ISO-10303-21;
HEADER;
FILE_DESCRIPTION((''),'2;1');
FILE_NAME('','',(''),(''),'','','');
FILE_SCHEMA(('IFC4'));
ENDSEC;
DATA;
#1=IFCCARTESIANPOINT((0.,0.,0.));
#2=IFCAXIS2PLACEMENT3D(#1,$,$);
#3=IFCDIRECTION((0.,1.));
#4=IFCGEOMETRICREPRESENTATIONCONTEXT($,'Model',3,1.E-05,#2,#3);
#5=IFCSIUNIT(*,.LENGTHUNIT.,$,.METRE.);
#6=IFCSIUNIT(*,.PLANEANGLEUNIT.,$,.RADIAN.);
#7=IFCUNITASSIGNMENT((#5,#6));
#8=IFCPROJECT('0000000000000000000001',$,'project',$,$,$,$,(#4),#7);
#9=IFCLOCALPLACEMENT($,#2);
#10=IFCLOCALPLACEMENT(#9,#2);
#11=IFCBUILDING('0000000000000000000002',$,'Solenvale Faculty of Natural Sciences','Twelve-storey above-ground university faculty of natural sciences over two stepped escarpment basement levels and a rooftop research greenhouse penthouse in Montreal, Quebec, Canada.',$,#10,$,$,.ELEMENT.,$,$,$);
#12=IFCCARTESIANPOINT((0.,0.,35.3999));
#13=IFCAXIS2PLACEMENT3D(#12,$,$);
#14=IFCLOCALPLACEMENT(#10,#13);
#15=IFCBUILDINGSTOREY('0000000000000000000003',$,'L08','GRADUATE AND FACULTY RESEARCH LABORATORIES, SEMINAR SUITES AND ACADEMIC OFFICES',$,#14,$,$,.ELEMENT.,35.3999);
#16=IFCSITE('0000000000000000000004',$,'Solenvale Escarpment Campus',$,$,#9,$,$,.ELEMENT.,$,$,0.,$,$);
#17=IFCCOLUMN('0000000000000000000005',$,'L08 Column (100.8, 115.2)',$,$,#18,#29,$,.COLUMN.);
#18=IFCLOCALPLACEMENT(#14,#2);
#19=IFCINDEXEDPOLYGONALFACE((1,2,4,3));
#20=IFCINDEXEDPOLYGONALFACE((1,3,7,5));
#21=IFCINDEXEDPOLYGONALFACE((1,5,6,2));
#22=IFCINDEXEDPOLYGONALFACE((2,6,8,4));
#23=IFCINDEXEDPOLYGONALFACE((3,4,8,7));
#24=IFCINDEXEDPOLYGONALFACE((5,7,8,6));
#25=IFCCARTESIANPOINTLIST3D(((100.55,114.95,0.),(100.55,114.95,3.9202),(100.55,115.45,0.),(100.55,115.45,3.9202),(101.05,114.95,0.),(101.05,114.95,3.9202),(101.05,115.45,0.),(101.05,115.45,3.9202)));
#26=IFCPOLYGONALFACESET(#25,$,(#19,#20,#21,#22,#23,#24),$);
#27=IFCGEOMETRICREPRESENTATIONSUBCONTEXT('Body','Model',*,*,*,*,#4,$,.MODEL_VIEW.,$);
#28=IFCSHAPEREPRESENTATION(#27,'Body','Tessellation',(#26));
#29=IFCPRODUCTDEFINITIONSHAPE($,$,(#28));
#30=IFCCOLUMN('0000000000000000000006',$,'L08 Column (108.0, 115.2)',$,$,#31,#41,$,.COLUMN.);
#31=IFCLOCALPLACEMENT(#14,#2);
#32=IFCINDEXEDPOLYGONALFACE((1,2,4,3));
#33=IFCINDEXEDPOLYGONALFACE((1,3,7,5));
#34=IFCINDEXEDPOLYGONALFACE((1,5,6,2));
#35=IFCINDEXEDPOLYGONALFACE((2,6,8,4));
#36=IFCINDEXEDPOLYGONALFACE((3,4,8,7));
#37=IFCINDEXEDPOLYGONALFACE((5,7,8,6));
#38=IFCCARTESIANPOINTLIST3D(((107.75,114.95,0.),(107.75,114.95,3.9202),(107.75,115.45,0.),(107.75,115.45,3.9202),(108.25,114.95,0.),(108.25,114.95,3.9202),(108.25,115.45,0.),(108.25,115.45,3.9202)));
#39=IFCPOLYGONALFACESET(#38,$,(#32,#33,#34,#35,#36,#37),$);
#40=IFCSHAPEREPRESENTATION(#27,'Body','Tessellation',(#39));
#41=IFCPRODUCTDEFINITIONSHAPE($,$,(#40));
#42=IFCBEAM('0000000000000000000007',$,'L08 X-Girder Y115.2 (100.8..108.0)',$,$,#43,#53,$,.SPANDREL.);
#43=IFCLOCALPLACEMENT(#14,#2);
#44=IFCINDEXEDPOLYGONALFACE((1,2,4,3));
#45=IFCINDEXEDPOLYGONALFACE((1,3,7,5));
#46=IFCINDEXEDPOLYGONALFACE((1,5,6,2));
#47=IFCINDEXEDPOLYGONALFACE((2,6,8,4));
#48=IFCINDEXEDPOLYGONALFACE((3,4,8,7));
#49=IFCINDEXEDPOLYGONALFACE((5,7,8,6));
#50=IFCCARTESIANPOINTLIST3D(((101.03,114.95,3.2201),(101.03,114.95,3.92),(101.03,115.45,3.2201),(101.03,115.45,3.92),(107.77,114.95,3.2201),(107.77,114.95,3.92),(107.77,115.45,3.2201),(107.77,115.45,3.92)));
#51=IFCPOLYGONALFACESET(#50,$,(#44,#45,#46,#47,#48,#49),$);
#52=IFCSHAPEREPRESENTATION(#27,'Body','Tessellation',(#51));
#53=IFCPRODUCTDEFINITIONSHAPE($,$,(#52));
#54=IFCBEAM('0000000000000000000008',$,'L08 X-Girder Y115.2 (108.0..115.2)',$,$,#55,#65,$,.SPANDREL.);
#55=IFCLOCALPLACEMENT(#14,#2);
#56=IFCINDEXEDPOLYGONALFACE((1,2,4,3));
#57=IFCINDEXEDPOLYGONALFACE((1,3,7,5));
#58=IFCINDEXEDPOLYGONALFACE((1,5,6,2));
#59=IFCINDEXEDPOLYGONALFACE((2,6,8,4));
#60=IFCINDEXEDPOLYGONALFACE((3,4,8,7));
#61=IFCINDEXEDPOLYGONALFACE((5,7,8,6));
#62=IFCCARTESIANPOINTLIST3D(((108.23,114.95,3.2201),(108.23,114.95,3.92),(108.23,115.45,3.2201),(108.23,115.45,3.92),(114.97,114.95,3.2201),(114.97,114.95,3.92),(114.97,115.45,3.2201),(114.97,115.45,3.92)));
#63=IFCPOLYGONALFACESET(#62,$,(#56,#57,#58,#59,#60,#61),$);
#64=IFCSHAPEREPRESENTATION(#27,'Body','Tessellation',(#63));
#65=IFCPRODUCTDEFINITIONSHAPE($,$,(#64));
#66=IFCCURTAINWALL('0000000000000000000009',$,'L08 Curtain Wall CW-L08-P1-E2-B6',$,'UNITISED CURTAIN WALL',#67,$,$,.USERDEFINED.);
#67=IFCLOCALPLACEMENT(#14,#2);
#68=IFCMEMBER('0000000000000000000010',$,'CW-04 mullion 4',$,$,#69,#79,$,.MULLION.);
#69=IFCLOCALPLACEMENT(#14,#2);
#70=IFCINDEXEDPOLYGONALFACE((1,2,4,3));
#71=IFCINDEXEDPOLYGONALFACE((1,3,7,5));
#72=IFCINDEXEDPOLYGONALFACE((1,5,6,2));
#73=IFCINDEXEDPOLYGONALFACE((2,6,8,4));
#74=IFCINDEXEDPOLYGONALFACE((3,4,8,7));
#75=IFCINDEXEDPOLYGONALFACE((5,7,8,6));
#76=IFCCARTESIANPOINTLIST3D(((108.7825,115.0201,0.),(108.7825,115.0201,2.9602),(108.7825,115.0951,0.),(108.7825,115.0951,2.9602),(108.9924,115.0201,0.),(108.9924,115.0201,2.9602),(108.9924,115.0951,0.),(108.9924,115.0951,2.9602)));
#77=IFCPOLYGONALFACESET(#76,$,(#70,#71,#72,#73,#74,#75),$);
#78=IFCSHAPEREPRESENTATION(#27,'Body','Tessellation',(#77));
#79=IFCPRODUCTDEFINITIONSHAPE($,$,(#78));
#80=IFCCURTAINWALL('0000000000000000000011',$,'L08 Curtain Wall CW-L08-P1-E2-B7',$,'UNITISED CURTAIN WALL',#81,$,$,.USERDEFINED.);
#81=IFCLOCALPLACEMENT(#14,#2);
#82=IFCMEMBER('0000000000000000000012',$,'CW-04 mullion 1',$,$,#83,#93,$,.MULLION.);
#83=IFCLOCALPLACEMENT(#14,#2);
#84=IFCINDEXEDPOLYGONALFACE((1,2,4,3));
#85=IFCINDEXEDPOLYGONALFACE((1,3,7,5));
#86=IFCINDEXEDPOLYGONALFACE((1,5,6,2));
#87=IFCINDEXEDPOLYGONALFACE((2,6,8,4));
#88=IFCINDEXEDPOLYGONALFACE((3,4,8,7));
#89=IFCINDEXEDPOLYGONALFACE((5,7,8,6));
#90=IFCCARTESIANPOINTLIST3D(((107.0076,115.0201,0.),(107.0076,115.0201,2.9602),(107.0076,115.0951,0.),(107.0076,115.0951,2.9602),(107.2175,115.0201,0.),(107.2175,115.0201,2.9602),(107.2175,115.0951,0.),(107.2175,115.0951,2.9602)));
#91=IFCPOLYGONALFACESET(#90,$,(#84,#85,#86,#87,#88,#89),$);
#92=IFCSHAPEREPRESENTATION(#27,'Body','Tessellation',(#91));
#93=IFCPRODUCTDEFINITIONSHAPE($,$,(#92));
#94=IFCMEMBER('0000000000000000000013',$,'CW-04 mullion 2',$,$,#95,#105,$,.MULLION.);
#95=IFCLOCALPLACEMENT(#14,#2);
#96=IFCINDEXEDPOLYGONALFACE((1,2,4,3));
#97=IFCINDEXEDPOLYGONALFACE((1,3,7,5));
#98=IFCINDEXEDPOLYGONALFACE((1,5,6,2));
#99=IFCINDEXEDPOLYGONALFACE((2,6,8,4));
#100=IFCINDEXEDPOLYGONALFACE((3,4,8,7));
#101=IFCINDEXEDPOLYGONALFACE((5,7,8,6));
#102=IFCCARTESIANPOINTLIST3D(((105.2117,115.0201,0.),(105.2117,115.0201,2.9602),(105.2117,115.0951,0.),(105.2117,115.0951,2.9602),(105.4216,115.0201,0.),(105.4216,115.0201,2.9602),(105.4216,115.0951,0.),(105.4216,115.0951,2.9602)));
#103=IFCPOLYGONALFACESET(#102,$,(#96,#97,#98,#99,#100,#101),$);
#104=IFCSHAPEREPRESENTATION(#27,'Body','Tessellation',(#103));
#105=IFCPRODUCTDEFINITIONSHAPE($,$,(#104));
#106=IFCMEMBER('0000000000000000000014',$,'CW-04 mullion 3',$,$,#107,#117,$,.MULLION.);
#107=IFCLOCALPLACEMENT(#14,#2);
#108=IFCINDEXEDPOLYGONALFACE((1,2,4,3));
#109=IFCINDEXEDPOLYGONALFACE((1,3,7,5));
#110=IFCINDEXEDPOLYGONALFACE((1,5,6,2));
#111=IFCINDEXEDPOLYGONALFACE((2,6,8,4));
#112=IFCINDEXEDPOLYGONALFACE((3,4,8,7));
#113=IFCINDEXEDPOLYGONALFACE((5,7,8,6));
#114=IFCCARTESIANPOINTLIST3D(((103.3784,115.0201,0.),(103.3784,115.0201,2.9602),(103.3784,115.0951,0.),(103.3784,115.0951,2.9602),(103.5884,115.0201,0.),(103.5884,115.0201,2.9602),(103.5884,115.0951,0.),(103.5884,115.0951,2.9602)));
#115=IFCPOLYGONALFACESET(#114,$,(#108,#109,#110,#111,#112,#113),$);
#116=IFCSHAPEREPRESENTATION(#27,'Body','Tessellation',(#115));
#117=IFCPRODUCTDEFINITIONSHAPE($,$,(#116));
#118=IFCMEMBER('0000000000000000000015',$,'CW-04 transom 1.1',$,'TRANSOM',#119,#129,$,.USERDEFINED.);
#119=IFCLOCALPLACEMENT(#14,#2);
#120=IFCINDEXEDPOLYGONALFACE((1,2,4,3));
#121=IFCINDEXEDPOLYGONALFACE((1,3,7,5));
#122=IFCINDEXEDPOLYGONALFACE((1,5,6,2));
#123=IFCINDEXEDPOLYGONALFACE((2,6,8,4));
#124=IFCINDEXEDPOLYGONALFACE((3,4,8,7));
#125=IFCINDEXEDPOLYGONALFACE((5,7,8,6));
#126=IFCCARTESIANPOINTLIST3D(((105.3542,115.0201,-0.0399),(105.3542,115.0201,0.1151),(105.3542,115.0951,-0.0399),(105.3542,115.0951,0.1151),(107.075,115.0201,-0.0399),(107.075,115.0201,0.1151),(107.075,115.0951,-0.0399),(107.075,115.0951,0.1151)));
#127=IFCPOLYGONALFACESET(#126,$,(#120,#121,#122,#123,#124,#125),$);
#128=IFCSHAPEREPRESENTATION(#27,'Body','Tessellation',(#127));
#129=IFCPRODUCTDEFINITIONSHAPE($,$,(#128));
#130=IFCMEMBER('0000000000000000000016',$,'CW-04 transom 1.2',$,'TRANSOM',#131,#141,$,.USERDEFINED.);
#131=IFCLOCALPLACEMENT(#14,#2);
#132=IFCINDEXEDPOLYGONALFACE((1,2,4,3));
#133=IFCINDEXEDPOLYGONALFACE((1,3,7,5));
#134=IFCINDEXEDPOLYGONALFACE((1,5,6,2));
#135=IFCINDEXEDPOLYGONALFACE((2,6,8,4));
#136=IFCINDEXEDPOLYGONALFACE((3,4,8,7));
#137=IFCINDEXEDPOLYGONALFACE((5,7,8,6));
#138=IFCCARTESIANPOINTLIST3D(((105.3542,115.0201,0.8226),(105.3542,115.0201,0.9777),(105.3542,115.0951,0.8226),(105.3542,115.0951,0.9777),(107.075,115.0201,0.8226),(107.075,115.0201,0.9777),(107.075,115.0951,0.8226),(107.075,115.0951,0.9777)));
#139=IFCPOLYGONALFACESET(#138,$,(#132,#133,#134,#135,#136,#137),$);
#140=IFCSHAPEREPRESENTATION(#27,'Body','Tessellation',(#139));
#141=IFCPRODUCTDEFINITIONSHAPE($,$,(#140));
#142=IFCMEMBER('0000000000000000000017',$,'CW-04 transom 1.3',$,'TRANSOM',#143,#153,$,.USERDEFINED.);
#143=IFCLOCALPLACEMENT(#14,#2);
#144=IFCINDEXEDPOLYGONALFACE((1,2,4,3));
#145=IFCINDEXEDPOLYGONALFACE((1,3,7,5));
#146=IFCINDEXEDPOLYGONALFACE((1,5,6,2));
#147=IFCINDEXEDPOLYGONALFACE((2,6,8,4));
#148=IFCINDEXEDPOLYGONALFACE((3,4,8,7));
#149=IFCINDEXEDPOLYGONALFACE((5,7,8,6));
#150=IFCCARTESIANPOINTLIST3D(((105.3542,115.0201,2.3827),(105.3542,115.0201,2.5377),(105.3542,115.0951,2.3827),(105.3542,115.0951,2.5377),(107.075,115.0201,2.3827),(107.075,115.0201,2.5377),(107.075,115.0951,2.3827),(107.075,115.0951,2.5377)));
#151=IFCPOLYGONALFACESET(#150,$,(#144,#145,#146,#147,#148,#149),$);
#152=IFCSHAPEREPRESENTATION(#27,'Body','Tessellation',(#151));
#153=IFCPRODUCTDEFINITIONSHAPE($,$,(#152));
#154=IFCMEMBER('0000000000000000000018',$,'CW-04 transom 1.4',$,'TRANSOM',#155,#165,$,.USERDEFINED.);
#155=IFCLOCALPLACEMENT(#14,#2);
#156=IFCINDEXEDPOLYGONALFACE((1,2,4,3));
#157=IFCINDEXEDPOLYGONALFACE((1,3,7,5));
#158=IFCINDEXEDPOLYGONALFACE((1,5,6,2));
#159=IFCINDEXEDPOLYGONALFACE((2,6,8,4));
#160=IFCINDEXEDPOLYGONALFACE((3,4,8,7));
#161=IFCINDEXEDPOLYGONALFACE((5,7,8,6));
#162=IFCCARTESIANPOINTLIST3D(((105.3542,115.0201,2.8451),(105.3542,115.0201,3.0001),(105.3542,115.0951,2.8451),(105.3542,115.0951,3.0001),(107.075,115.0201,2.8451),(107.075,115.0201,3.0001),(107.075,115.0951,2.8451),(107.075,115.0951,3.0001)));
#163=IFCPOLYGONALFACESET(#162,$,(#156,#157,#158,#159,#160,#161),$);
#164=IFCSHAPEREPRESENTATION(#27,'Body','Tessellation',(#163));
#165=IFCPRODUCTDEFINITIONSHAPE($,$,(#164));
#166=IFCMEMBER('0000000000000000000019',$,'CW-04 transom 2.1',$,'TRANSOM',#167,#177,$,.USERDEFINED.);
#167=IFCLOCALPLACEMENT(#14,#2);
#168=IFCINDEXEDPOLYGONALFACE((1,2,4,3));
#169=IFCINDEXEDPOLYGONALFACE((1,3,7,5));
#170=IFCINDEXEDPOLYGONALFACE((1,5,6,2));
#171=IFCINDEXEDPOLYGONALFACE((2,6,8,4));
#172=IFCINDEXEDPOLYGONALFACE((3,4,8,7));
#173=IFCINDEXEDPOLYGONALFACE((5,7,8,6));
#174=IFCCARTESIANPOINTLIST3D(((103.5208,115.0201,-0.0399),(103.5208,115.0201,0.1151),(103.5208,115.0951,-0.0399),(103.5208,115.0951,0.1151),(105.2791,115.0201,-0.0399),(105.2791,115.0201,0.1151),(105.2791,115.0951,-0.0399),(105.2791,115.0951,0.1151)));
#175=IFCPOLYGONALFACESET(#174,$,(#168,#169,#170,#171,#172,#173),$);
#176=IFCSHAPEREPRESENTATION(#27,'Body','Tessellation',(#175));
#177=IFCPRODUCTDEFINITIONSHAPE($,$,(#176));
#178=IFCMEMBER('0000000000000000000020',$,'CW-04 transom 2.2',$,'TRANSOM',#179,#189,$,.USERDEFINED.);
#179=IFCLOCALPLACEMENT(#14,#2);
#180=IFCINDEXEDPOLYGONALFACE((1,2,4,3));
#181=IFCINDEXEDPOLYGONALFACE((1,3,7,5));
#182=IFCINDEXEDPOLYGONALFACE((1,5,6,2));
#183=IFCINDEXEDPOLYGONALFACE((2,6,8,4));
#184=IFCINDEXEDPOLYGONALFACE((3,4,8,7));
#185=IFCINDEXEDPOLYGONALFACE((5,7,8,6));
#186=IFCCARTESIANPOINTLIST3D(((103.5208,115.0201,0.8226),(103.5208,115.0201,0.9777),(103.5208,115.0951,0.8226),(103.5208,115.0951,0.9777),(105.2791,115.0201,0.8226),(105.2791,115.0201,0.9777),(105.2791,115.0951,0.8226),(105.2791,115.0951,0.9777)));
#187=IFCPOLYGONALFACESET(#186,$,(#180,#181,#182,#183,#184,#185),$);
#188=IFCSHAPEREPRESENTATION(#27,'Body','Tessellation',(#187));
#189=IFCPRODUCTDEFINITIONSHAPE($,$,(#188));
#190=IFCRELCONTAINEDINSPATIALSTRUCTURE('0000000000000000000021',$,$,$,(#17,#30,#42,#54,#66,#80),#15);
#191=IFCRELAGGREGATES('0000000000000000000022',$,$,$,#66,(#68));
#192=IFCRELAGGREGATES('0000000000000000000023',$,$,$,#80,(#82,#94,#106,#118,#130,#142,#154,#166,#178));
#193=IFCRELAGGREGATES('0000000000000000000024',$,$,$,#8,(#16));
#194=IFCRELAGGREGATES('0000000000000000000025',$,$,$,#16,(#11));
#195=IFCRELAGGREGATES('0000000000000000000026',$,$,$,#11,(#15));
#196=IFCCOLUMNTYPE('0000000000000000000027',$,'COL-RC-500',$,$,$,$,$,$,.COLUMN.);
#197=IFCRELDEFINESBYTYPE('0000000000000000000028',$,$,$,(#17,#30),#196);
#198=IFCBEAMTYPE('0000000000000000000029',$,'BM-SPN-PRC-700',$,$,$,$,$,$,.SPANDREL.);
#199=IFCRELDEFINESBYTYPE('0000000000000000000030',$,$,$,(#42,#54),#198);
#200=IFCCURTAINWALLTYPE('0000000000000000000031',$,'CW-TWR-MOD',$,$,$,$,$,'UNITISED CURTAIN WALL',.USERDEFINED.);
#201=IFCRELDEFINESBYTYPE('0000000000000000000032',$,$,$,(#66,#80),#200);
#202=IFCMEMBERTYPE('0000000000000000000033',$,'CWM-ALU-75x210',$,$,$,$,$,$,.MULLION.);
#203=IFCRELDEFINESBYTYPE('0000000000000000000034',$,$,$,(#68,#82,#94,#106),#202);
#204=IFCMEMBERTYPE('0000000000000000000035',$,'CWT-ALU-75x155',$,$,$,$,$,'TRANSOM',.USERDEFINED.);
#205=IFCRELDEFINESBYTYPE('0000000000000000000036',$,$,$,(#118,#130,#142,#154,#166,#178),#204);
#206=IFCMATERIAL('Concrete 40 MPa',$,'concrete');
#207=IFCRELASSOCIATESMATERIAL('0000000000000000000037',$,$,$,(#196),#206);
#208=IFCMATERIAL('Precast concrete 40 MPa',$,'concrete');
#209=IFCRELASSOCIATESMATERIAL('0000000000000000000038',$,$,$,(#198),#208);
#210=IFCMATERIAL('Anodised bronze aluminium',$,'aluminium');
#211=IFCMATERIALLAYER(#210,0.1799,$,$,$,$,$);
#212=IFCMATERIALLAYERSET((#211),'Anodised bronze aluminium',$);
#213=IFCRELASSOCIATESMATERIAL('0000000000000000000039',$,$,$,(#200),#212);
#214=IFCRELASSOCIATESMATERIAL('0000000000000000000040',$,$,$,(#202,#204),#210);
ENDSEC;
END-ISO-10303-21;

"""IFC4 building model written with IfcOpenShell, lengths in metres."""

from ifc_helpers import new_model, si_unit, direction, frame, origin, origin_2d, place, context, subcontext, project, spatial, rectangle, extrude, material, layer, layer_set, material_profile, profile_set, type_object, element, aggregate, save


model = new_model("IFC4")

# Units and contexts
model_context = context("Model", 3, precision=1e-05, world=origin(), true_north=direction((0.0, 1.0)))
body_context = subcontext(model_context, "Body", "Model", "MODEL_VIEW")
ifc_project = project(units=[si_unit("LENGTHUNIT", "METRE"), si_unit("PLANEANGLEUNIT", "RADIAN")], contexts=[model_context])

# Site, building, storey
site_placement = place(None, origin())
site = spatial("IfcSite", under=ifc_project, at=site_placement, Name="Solenvale Escarpment Campus", CompositionType="ELEMENT", RefElevation=0.0)
building_placement = place(site_placement, origin())
building = spatial("IfcBuilding", under=site, at=building_placement, Name="Solenvale Faculty of Natural Sciences", Description="Twelve-storey above-ground university faculty of natural sciences over two stepped escarpment basement levels and a rooftop research greenhouse penthouse in Montreal, Quebec, Canada.", CompositionType="ELEMENT")
storey_placement = place(building_placement, frame((0.0, 0.0, 35.3999)))
storey = spatial("IfcBuildingStorey", under=building, at=storey_placement, Name="L08", Description="GRADUATE AND FACULTY RESEARCH LABORATORIES, SEMINAR SUITES AND ACADEMIC OFFICES", CompositionType="ELEMENT", Elevation=35.3999)

# Columns
ifc_material_1 = material(Name="Concrete 40 MPa", Category="concrete")
ifc_material_profile_1 = material_profile(ifc_material_1, rectangle(XDim=0.5, YDim=0.5, at=origin_2d()), Name="RC-COL-500x500")
ifc_profile_set_1 = profile_set([ifc_material_profile_1], Name="Concrete 40 MPa")
column_type = type_object("IfcColumnType", Name="COL-RC-500", PredefinedType="COLUMN", material=ifc_profile_set_1)
for number, where, z_axis, x_axis, name in (
    (1, (100.8, 115.2, 0.0), (0.0, 0.0, 1.0), (1.0, 0.0, 0.0), "L08 Column (100.8, 115.2)"),
    (2, (108.0, 115.2, 0.0), (0.0, 0.0, 1.0), (1.0, 0.0, 0.0), "L08 Column (108.0, 115.2)"),
):
    element("IfcColumn", number, at=place(storey_placement, frame(where, z_axis=z_axis, x_axis=x_axis)), inside=storey, type_object=column_type, Name=name, PredefinedType="COLUMN", context=body_context, shape_type="SweptSolid", body=[
        extrude(rectangle(XDim=0.5, YDim=0.5, at=origin_2d()), origin(), (0.0, 0.0, 1.0), 3.9202),
    ])

# Beams
ifc_material_2 = material(Name="Precast concrete 40 MPa", Category="concrete")
ifc_material_profile_2 = material_profile(ifc_material_2, rectangle(XDim=0.5, YDim=0.7, at=origin_2d()), Name="RC-BM-500x700")
ifc_profile_set_2 = profile_set([ifc_material_profile_2], Name="Precast concrete 40 MPa")
beam_type = type_object("IfcBeamType", Name="BM-SPN-PRC-700", PredefinedType="SPANDREL", material=ifc_profile_set_2)
for number, where, z_axis, x_axis, name in (
    (3, (101.03, 115.2, 3.5701), (1.0, 0.0, 0.0), (0.0, 1.0, 0.0), "L08 X-Girder Y115.2 (100.8..108.0)"),
    (4, (108.23, 115.2, 3.5701), (1.0, 0.0, 0.0), (0.0, 1.0, 0.0), "L08 X-Girder Y115.2 (108.0..115.2)"),
):
    element("IfcBeam", number, at=place(storey_placement, frame(where, z_axis=z_axis, x_axis=x_axis)), inside=storey, type_object=beam_type, Name=name, PredefinedType="SPANDREL", context=body_context, shape_type="SweptSolid", body=[
        extrude(rectangle(XDim=0.5, YDim=0.7, at=origin_2d()), origin(), (0.0, 0.0, 1.0), 6.74),
    ])

# Curtain wall, member
ifc_material_3 = material(Name="Anodised bronze aluminium", Category="aluminium")
ifc_layer_1 = layer(ifc_material_3, 0.1799)
ifc_layer_set_1 = layer_set([ifc_layer_1], Name="Anodised bronze aluminium")
curtain_wall_type = type_object("IfcCurtainWallType", Name="CW-TWR-MOD", ElementType="UNITISED CURTAIN WALL", PredefinedType="USERDEFINED", material=ifc_layer_set_1)
curtain_wall_1_placement = place(storey_placement, origin())
curtain_wall_1 = element("IfcCurtainWall", 5, at=curtain_wall_1_placement, inside=storey, type_object=curtain_wall_type, Name="L08 Curtain Wall CW-L08-P1-E2-B6", ObjectType="UNITISED CURTAIN WALL", PredefinedType="USERDEFINED")
ifc_material_profile_3 = material_profile(ifc_material_3, rectangle(XDim=0.075, YDim=0.21, at=origin_2d()), Name="ALU-MUL-75x210")
ifc_profile_set_3 = profile_set([ifc_material_profile_3], Name="Anodised bronze aluminium")
member_type_1 = type_object("IfcMemberType", Name="CWM-ALU-75x210", PredefinedType="MULLION", material=ifc_profile_set_3)
member_1_placement = place(storey_placement, frame((108.8875, 115.0576, 0.0), z_axis=(0.0, 0.0, 1.0), x_axis=(0.0, -1.0, 0.0)))
member_1 = element("IfcMember", 6, at=member_1_placement, type_object=member_type_1, Name="CW-04 mullion 4", PredefinedType="MULLION", context=body_context, shape_type="SweptSolid", body=[
    extrude(rectangle(XDim=0.075, YDim=0.21, at=origin_2d()), origin(), (0.0, 0.0, 1.0), 2.9602),
])
aggregate(curtain_wall_1, [member_1])

# Curtain wall, members
curtain_wall_2_placement = place(storey_placement, origin())
curtain_wall_2 = element("IfcCurtainWall", 7, at=curtain_wall_2_placement, inside=storey, type_object=curtain_wall_type, Name="L08 Curtain Wall CW-L08-P1-E2-B7", ObjectType="UNITISED CURTAIN WALL", PredefinedType="USERDEFINED")
member_2_placement = place(storey_placement, frame((107.1125, 115.0576, 0.0), z_axis=(0.0, 0.0, 1.0), x_axis=(0.0, -1.0, 0.0)))
member_2 = element("IfcMember", 8, at=member_2_placement, type_object=member_type_1, Name="CW-04 mullion 1", PredefinedType="MULLION", context=body_context, shape_type="SweptSolid", body=[
    extrude(rectangle(XDim=0.075, YDim=0.21, at=origin_2d()), origin(), (0.0, 0.0, 1.0), 2.9602),
])
member_3_placement = place(storey_placement, frame((105.3167, 115.0576, 0.0), z_axis=(0.0, 0.0, 1.0), x_axis=(0.0, -1.0, 0.0)))
member_3 = element("IfcMember", 9, at=member_3_placement, type_object=member_type_1, Name="CW-04 mullion 2", PredefinedType="MULLION", context=body_context, shape_type="SweptSolid", body=[
    extrude(rectangle(XDim=0.075, YDim=0.21, at=origin_2d()), origin(), (0.0, 0.0, 1.0), 2.9602),
])
member_4_placement = place(storey_placement, frame((103.4834, 115.0576, 0.0), z_axis=(0.0, 0.0, 1.0), x_axis=(0.0, -1.0, 0.0)))
member_4 = element("IfcMember", 10, at=member_4_placement, type_object=member_type_1, Name="CW-04 mullion 3", PredefinedType="MULLION", context=body_context, shape_type="SweptSolid", body=[
    extrude(rectangle(XDim=0.075, YDim=0.21, at=origin_2d()), origin(), (0.0, 0.0, 1.0), 2.9602),
])
ifc_material_profile_4 = material_profile(ifc_material_3, rectangle(XDim=0.075, YDim=0.155, at=origin_2d()), Name="ALU-TRN-75x155")
ifc_profile_set_4 = profile_set([ifc_material_profile_4], Name="Anodised bronze aluminium")
member_type_2 = type_object("IfcMemberType", Name="CWT-ALU-75x155", ElementType="TRANSOM", PredefinedType="USERDEFINED", material=ifc_profile_set_4)
member_5_placement = place(storey_placement, frame((107.075, 115.0576, 0.0376), z_axis=(-1.0, 0.0, 0.0), x_axis=(0.0, -1.0, 0.0)))
member_5 = element("IfcMember", 11, at=member_5_placement, type_object=member_type_2, Name="CW-04 transom 1.1", ObjectType="TRANSOM", PredefinedType="USERDEFINED", context=body_context, shape_type="SweptSolid", body=[
    extrude(rectangle(XDim=0.075, YDim=0.155, at=origin_2d()), origin(), (0.0, 0.0, 1.0), 1.7207),
])
member_6_placement = place(storey_placement, frame((107.075, 115.0576, 0.9001), z_axis=(-1.0, 0.0, 0.0), x_axis=(0.0, -1.0, 0.0)))
member_6 = element("IfcMember", 12, at=member_6_placement, type_object=member_type_2, Name="CW-04 transom 1.2", ObjectType="TRANSOM", PredefinedType="USERDEFINED", context=body_context, shape_type="SweptSolid", body=[
    extrude(rectangle(XDim=0.075, YDim=0.155, at=origin_2d()), origin(), (0.0, 0.0, 1.0), 1.7207),
])
member_7_placement = place(storey_placement, frame((107.075, 115.0576, 2.4602), z_axis=(-1.0, 0.0, 0.0), x_axis=(0.0, -1.0, 0.0)))
member_7 = element("IfcMember", 13, at=member_7_placement, type_object=member_type_2, Name="CW-04 transom 1.3", ObjectType="TRANSOM", PredefinedType="USERDEFINED", context=body_context, shape_type="SweptSolid", body=[
    extrude(rectangle(XDim=0.075, YDim=0.155, at=origin_2d()), origin(), (0.0, 0.0, 1.0), 1.7207),
])
member_8_placement = place(storey_placement, frame((107.075, 115.0576, 2.9226), z_axis=(-1.0, 0.0, 0.0), x_axis=(0.0, -1.0, 0.0)))
member_8 = element("IfcMember", 14, at=member_8_placement, type_object=member_type_2, Name="CW-04 transom 1.4", ObjectType="TRANSOM", PredefinedType="USERDEFINED", context=body_context, shape_type="SweptSolid", body=[
    extrude(rectangle(XDim=0.075, YDim=0.155, at=origin_2d()), origin(), (0.0, 0.0, 1.0), 1.7207),
])
member_9_placement = place(storey_placement, frame((105.2791, 115.0576, 0.0376), z_axis=(-1.0, 0.0, 0.0), x_axis=(0.0, -1.0, 0.0)))
member_9 = element("IfcMember", 15, at=member_9_placement, type_object=member_type_2, Name="CW-04 transom 2.1", ObjectType="TRANSOM", PredefinedType="USERDEFINED", context=body_context, shape_type="SweptSolid", body=[
    extrude(rectangle(XDim=0.075, YDim=0.155, at=origin_2d()), origin(), (0.0, 0.0, 1.0), 1.7583),
])
member_10_placement = place(storey_placement, frame((105.2791, 115.0576, 0.9001), z_axis=(-1.0, 0.0, 0.0), x_axis=(0.0, -1.0, 0.0)))
member_10 = element("IfcMember", 16, at=member_10_placement, type_object=member_type_2, Name="CW-04 transom 2.2", ObjectType="TRANSOM", PredefinedType="USERDEFINED", context=body_context, shape_type="SweptSolid", body=[
    extrude(rectangle(XDim=0.075, YDim=0.155, at=origin_2d()), origin(), (0.0, 0.0, 1.0), 1.7583),
])
aggregate(curtain_wall_2, [member_2, member_3, member_4, member_5, member_6, member_7, member_8, member_9, member_10])

save(model, "model.ifc")
